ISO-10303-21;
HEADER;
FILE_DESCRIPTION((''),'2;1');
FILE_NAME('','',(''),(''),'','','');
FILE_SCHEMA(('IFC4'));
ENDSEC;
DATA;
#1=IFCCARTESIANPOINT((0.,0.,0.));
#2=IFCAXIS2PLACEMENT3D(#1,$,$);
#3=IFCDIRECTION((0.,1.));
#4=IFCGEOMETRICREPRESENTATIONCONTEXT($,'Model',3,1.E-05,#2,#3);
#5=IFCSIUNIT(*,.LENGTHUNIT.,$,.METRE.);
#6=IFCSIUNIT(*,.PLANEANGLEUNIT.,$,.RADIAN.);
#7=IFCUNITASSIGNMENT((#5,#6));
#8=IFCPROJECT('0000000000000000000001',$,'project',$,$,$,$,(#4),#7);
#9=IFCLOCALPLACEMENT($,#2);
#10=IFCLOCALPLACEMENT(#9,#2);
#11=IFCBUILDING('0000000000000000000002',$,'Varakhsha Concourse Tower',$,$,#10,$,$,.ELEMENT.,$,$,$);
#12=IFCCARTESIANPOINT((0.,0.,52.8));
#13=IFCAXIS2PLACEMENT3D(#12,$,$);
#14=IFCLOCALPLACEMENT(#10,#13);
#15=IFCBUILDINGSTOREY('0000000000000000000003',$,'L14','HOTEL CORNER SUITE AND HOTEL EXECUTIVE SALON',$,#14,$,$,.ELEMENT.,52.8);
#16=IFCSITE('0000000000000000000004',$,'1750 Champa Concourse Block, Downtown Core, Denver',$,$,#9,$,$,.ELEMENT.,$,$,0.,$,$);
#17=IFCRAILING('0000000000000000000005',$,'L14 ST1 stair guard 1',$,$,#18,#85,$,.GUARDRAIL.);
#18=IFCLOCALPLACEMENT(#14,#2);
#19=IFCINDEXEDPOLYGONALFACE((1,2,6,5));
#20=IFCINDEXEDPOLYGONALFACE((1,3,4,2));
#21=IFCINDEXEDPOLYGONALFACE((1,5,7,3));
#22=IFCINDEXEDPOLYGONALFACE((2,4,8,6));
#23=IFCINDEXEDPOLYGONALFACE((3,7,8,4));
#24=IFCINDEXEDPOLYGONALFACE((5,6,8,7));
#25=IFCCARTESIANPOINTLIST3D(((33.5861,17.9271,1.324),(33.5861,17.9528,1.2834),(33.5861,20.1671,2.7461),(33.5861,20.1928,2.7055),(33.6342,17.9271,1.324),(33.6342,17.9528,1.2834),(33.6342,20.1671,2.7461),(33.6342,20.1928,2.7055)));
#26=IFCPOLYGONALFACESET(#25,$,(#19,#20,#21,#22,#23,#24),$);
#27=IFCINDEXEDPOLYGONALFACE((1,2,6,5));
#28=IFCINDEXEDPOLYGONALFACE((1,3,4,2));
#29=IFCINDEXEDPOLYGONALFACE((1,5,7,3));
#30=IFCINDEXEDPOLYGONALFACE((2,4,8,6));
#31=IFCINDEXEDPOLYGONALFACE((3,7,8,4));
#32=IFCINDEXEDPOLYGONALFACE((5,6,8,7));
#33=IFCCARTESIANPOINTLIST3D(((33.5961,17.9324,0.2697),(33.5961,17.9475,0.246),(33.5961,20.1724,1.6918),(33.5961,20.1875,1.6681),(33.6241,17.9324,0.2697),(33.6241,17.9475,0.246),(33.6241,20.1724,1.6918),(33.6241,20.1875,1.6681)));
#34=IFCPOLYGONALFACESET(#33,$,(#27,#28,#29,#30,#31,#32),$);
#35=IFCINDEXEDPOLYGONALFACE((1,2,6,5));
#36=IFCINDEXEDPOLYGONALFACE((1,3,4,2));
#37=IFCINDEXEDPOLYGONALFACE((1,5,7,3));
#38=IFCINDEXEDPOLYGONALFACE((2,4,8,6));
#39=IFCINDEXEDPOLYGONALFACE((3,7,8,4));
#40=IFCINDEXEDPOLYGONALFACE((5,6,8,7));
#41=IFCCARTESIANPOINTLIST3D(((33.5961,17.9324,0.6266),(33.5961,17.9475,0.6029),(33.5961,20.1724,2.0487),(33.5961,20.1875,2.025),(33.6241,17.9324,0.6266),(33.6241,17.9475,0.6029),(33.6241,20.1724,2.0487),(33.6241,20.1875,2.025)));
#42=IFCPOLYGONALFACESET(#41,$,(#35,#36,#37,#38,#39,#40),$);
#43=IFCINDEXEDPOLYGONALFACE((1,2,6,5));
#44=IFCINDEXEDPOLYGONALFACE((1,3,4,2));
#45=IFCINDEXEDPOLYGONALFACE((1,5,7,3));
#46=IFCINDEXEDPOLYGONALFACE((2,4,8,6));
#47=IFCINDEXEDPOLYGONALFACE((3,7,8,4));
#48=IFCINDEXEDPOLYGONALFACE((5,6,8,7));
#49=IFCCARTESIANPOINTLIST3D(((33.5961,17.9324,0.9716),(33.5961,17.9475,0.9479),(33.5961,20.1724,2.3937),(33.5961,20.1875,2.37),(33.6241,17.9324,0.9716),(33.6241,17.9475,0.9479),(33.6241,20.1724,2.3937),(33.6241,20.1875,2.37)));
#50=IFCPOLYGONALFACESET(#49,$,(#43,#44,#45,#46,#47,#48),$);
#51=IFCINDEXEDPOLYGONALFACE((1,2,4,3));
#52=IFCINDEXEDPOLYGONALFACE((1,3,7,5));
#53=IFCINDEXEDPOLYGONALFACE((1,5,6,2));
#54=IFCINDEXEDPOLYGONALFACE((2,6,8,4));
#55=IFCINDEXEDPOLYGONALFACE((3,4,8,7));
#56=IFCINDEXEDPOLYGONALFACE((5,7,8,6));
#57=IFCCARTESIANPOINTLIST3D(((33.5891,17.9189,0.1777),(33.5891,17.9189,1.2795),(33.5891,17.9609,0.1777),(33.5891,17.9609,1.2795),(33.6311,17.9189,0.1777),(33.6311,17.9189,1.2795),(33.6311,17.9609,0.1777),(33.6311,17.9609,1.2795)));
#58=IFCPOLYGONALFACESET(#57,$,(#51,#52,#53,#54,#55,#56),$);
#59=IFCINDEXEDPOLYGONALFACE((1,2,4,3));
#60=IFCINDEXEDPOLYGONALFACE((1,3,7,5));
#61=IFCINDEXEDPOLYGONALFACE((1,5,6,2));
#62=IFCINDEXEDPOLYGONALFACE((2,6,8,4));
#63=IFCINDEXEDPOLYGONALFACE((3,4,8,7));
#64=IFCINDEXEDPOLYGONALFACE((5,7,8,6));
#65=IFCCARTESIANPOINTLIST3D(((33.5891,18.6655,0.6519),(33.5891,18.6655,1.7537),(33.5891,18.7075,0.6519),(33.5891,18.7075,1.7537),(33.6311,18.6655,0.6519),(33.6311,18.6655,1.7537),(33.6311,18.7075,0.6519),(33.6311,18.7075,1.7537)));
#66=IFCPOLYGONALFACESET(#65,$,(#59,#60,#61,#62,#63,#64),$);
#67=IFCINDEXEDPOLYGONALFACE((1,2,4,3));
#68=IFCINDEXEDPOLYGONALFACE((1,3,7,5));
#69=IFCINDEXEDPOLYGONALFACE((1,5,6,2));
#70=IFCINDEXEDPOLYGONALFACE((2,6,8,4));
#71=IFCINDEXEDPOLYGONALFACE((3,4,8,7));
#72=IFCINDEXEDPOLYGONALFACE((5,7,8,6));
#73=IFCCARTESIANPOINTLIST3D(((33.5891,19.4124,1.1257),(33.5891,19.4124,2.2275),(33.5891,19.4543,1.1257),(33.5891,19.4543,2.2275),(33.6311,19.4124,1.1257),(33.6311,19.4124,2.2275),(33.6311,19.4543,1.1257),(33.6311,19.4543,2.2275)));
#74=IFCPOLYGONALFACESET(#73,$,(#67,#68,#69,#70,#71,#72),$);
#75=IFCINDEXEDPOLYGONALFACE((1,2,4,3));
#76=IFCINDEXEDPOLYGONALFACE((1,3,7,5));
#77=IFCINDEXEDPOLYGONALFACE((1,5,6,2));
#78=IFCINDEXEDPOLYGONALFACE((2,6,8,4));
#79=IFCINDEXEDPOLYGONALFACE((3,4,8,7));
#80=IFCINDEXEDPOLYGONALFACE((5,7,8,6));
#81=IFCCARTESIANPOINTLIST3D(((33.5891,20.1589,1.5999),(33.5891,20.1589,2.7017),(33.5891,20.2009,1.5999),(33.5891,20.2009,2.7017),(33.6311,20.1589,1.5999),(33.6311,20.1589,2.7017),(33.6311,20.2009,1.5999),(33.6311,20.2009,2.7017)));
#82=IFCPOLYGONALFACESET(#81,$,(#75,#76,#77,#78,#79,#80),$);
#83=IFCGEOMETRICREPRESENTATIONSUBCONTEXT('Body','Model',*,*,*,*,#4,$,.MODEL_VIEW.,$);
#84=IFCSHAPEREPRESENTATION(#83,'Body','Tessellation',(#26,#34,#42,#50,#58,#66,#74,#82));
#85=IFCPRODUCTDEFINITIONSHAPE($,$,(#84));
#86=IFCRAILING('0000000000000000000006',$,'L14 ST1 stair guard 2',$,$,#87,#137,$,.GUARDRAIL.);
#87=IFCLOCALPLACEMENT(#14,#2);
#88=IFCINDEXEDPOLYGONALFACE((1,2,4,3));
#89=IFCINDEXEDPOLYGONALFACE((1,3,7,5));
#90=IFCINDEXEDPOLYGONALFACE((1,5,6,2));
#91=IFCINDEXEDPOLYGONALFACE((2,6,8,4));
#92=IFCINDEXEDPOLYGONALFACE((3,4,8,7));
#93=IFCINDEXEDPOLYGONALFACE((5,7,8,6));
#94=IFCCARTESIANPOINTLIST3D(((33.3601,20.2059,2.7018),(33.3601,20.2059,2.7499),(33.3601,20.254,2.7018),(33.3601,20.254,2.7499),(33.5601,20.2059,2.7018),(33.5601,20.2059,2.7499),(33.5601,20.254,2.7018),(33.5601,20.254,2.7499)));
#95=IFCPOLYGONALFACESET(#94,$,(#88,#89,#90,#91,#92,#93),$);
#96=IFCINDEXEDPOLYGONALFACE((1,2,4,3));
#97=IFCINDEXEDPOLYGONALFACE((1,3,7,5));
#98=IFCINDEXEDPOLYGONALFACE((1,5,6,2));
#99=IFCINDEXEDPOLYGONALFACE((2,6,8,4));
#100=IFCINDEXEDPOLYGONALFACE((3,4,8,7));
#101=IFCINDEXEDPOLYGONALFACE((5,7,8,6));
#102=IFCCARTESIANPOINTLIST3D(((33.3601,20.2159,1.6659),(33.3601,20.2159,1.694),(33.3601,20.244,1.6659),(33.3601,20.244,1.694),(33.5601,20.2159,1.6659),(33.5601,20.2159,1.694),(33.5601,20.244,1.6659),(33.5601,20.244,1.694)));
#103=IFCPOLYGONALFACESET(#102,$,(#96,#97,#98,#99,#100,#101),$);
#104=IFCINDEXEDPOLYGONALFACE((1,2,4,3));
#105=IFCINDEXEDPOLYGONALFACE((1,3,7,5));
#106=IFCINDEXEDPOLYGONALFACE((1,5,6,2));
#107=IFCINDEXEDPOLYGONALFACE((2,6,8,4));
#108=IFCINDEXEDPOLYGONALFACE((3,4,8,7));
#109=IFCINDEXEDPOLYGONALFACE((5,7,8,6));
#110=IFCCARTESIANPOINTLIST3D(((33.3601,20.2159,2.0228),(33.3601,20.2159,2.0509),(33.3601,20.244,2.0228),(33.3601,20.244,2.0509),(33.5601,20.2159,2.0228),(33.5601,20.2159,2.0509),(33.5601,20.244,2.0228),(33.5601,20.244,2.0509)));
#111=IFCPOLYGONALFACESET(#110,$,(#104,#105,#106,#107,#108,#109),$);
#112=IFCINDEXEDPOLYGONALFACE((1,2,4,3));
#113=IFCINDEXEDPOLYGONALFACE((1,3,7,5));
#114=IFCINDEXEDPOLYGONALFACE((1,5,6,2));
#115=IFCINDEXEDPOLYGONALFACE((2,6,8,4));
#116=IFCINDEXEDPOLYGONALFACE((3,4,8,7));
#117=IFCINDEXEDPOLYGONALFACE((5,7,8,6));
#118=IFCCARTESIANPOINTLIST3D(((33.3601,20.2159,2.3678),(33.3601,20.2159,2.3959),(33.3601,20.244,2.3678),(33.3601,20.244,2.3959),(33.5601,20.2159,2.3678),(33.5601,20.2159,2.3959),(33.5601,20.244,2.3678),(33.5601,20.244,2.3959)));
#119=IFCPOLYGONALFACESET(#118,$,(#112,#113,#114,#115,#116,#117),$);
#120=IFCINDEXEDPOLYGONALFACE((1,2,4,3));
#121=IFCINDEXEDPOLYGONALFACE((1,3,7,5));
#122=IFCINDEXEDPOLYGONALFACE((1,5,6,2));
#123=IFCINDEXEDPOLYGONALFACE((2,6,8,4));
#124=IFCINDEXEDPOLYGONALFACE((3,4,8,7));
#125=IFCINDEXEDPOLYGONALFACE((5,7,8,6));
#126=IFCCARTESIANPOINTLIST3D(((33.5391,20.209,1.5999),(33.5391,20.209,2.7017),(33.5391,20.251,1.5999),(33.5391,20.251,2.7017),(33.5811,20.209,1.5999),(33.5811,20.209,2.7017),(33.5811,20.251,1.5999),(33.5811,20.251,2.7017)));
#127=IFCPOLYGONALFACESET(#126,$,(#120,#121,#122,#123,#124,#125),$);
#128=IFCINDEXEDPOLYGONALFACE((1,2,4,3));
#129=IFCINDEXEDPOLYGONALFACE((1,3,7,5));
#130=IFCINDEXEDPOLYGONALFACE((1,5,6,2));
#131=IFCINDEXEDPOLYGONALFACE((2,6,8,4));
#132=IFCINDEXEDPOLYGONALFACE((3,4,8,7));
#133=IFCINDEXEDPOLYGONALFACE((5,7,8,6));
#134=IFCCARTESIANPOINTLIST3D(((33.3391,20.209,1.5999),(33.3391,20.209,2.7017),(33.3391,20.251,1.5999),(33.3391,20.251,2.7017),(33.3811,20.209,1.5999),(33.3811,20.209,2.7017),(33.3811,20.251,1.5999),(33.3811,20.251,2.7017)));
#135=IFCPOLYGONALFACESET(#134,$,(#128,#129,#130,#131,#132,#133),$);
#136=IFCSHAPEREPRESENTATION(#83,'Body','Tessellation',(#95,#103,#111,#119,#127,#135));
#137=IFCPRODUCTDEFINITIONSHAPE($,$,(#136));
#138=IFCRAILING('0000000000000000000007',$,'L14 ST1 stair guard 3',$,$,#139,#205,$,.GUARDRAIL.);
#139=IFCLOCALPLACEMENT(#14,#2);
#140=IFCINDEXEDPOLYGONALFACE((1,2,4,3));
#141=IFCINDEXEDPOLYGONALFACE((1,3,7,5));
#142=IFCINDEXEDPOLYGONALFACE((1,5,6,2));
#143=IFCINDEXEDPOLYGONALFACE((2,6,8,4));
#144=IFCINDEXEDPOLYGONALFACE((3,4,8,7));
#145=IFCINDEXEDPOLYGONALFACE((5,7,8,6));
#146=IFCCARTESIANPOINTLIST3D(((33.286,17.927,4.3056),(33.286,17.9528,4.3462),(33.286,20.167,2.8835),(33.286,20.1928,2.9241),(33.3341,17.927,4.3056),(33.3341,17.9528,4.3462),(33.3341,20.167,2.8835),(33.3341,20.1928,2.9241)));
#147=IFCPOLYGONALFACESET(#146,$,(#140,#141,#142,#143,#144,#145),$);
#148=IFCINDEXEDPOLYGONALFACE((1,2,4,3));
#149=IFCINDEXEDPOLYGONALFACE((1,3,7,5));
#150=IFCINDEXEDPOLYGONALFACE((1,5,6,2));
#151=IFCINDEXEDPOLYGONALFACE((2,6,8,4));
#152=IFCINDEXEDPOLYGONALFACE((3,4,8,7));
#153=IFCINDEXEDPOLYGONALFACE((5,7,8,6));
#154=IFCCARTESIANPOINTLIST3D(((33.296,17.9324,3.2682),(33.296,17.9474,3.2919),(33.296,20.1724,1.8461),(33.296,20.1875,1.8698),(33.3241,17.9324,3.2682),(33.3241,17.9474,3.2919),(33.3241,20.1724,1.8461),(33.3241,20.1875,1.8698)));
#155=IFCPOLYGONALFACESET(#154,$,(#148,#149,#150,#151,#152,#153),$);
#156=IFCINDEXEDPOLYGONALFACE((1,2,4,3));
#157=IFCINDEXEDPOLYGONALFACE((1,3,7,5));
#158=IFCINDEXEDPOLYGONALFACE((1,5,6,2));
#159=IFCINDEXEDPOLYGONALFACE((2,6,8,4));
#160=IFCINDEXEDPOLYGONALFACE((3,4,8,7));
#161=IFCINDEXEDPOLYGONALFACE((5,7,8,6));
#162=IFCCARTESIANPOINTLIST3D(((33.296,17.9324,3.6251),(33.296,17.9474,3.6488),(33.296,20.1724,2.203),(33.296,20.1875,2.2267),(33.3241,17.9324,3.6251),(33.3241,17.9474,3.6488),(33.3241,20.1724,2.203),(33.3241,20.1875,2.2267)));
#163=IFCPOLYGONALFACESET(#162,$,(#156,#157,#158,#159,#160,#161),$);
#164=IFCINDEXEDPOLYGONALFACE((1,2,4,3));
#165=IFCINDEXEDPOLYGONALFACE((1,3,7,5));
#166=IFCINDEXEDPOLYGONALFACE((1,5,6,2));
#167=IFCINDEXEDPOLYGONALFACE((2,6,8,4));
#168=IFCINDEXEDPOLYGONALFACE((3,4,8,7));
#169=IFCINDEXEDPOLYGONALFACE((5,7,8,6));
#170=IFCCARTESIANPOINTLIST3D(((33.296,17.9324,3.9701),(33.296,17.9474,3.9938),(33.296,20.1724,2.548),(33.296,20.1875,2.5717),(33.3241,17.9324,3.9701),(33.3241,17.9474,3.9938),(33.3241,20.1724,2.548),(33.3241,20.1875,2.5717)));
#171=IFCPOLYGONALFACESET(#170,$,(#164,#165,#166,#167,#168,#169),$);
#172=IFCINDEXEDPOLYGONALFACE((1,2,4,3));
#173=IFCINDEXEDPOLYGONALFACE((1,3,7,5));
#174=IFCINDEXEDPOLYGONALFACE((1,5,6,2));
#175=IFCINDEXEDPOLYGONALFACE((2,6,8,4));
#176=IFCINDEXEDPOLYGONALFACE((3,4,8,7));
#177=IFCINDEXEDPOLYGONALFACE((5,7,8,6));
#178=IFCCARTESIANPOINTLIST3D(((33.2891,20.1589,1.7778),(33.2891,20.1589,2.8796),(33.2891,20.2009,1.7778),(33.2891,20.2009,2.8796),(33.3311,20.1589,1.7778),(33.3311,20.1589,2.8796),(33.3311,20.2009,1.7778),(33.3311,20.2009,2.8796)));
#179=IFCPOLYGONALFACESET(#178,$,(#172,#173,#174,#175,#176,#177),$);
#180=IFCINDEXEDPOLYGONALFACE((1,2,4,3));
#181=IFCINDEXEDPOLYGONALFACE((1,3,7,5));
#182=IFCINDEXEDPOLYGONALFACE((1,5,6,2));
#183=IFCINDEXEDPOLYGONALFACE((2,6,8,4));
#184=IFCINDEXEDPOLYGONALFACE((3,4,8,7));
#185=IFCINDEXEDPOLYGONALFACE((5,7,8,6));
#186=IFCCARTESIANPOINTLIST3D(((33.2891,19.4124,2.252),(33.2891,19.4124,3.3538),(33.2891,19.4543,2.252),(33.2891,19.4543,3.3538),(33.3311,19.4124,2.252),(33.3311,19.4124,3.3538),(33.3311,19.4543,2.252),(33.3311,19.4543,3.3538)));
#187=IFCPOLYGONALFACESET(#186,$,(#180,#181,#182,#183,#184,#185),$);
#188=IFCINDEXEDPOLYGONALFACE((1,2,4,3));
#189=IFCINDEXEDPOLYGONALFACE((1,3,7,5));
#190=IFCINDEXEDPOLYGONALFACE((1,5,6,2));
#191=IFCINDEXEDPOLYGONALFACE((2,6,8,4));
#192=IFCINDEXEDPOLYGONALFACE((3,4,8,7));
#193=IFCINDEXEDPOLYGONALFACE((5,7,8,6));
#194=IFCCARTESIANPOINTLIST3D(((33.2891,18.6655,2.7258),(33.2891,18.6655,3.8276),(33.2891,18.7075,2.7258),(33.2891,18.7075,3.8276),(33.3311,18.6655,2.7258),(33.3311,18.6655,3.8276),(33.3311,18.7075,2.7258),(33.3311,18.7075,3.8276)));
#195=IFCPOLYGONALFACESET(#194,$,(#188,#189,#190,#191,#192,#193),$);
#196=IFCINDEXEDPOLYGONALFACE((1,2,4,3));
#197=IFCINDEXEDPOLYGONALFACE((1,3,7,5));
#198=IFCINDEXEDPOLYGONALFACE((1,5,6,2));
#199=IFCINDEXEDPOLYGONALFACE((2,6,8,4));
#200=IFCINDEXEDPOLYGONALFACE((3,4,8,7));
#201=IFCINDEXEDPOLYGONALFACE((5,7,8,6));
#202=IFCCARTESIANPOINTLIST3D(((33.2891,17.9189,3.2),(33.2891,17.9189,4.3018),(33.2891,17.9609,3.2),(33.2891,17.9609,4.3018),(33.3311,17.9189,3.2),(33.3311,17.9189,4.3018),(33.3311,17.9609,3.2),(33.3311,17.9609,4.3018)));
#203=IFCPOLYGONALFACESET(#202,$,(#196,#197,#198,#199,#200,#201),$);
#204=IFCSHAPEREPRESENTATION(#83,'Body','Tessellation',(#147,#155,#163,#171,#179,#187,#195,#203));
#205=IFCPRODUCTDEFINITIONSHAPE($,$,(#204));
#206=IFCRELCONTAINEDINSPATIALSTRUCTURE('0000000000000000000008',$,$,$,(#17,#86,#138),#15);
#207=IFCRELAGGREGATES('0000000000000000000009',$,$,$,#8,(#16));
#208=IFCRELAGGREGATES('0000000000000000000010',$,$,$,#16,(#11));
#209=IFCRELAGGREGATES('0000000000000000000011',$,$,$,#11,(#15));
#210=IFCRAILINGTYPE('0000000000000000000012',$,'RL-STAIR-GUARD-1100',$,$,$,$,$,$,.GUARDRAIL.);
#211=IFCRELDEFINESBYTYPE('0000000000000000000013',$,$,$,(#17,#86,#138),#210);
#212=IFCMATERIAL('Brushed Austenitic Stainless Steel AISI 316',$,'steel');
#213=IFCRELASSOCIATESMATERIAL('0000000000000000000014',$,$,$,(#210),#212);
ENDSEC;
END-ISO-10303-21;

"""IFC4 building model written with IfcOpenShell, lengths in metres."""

from ifc_helpers import new_model, si_unit, direction, frame, origin, origin_2d, place, context, subcontext, project, spatial, rectangle, extrude, material, type_object, element, save


model = new_model("IFC4")

# Units and contexts
model_context = context("Model", 3, precision=1e-05, world=origin(), true_north=direction((0.0, 1.0)))
body_context = subcontext(model_context, "Body", "Model", "MODEL_VIEW")
ifc_project = project(units=[si_unit("LENGTHUNIT", "METRE"), si_unit("PLANEANGLEUNIT", "RADIAN")], contexts=[model_context])

# Site, building, storey
site_placement = place(None, origin())
site = spatial("IfcSite", under=ifc_project, at=site_placement, Name="1750 Champa Concourse Block, Downtown Core, Denver", CompositionType="ELEMENT", RefElevation=0.0)
building_placement = place(site_placement, origin())
building = spatial("IfcBuilding", under=site, at=building_placement, Name="Varakhsha Concourse Tower", CompositionType="ELEMENT")
storey_placement = place(building_placement, frame((0.0, 0.0, 52.8)))
storey = spatial("IfcBuildingStorey", under=building, at=storey_placement, Name="L14", Description="HOTEL CORNER SUITE AND HOTEL EXECUTIVE SALON", CompositionType="ELEMENT", Elevation=52.8)

# Shared definitions
ifc_material_1 = material(Name="Brushed Austenitic Stainless Steel AISI 316", Category="steel")

# Railings
railing_type_1 = type_object("IfcRailingType", Name="RL-STAIR-GUARD-1100", PredefinedType="GUARDRAIL", material=ifc_material_1)
railing_1_placement = place(storey_placement, frame((33.6101, 17.9399, 0.1777)))
element("IfcRailing", 1, at=railing_1_placement, inside=storey, type_object=railing_type_1, Name="L14 ST1 stair guard 1", PredefinedType="GUARDRAIL", context=body_context, shape_type="SweptSolid", body=[
    extrude(rectangle(XDim=0.0481, YDim=0.0481, at=origin_2d()), frame((0.0, 0.0, 1.126), z_axis=(0.0, 0.844229, 0.535982), x_axis=(-1.0, 0.0, 0.0)), (0.0, 0.0, 1.0), 2.6533),
    extrude(rectangle(XDim=0.0281, YDim=0.0281, at=origin_2d()), frame((0.0, 0.0, 0.0801), z_axis=(0.0, 0.844229, 0.535982), x_axis=(-1.0, 0.0, 0.0)), (0.0, 0.0, 1.0), 2.6533),
    extrude(rectangle(XDim=0.0281, YDim=0.0281, at=origin_2d()), frame((0.0, 0.0, 0.437), z_axis=(0.0, 0.844229, 0.535982), x_axis=(-1.0, 0.0, 0.0)), (0.0, 0.0, 1.0), 2.6533),
    extrude(rectangle(XDim=0.0281, YDim=0.0281, at=origin_2d()), frame((0.0, 0.0, 0.782), z_axis=(0.0, 0.844229, 0.535982), x_axis=(-1.0, 0.0, 0.0)), (0.0, 0.0, 1.0), 2.6533),
    extrude(rectangle(XDim=0.042, YDim=0.042, at=origin_2d()), origin(), (0.0, 0.0, 1.0), 1.1018),
    extrude(rectangle(XDim=0.042, YDim=0.042, at=origin_2d()), frame((0.0, 0.7466, 0.4741)), (0.0, 0.0, 1.0), 1.1018),
    extrude(rectangle(XDim=0.042, YDim=0.042, at=origin_2d()), frame((0.0, 1.4934, 0.948)), (0.0, 0.0, 1.0), 1.1018),
    extrude(rectangle(XDim=0.042, YDim=0.042, at=origin_2d()), frame((0.0, 2.24, 1.4221)), (0.0, 0.0, 1.0), 1.1018),
])
railing_2_placement = place(storey_placement, frame((33.5601, 20.23, 1.5999)))
element("IfcRailing", 2, at=railing_2_placement, inside=storey, type_object=railing_type_1, Name="L14 ST1 stair guard 2", PredefinedType="GUARDRAIL", context=body_context, shape_type="SweptSolid", body=[
    extrude(rectangle(XDim=0.0481, YDim=0.0481, at=origin_2d()), frame((0.0, 0.0, 1.126), z_axis=(-1.0, 0.0, 0.0), x_axis=(0.0, -1.0, 0.0)), (0.0, 0.0, 1.0), 0.2),
    extrude(rectangle(XDim=0.0281, YDim=0.0281, at=origin_2d()), frame((0.0, 0.0, 0.0801), z_axis=(-1.0, 0.0, 0.0), x_axis=(0.0, -1.0, 0.0)), (0.0, 0.0, 1.0), 0.2),
    extrude(rectangle(XDim=0.0281, YDim=0.0281, at=origin_2d()), frame((0.0, 0.0, 0.437), z_axis=(-1.0, 0.0, 0.0), x_axis=(0.0, -1.0, 0.0)), (0.0, 0.0, 1.0), 0.2),
    extrude(rectangle(XDim=0.0281, YDim=0.0281, at=origin_2d()), frame((0.0, 0.0, 0.782), z_axis=(-1.0, 0.0, 0.0), x_axis=(0.0, -1.0, 0.0)), (0.0, 0.0, 1.0), 0.2),
    extrude(rectangle(XDim=0.042, YDim=0.042, at=origin_2d()), origin(), (0.0, 0.0, 1.0), 1.1018),
    extrude(rectangle(XDim=0.042, YDim=0.042, at=origin_2d()), frame((-0.2, 0.0, 0.0)), (0.0, 0.0, 1.0), 1.1018),
])
railing_3_placement = place(storey_placement, frame((33.3101, 20.1799, 1.7778)))
element("IfcRailing", 3, at=railing_3_placement, inside=storey, type_object=railing_type_1, Name="L14 ST1 stair guard 3", PredefinedType="GUARDRAIL", context=body_context, shape_type="SweptSolid", body=[
    extrude(rectangle(XDim=0.0481, YDim=0.0481, at=origin_2d()), frame((0.0, 0.0, 1.126), z_axis=(0.0, -0.844229, 0.535982), x_axis=(1.0, 0.0, 0.0)), (0.0, 0.0, 1.0), 2.6533),
    extrude(rectangle(XDim=0.0281, YDim=0.0281, at=origin_2d()), frame((0.0, 0.0, 0.0801), z_axis=(0.0, -0.844229, 0.535982), x_axis=(1.0, 0.0, 0.0)), (0.0, 0.0, 1.0), 2.6533),
    extrude(rectangle(XDim=0.0281, YDim=0.0281, at=origin_2d()), frame((0.0, 0.0, 0.437), z_axis=(0.0, -0.844229, 0.535982), x_axis=(1.0, 0.0, 0.0)), (0.0, 0.0, 1.0), 2.6533),
    extrude(rectangle(XDim=0.0281, YDim=0.0281, at=origin_2d()), frame((0.0, 0.0, 0.782), z_axis=(0.0, -0.844229, 0.535982), x_axis=(1.0, 0.0, 0.0)), (0.0, 0.0, 1.0), 2.6533),
    extrude(rectangle(XDim=0.042, YDim=0.042, at=origin_2d()), origin(), (0.0, 0.0, 1.0), 1.1018),
    extrude(rectangle(XDim=0.042, YDim=0.042, at=origin_2d()), frame((0.0, -0.7466, 0.4741)), (0.0, 0.0, 1.0), 1.1018),
    extrude(rectangle(XDim=0.042, YDim=0.042, at=origin_2d()), frame((0.0, -1.4934, 0.948)), (0.0, 0.0, 1.0), 1.1018),
    extrude(rectangle(XDim=0.042, YDim=0.042, at=origin_2d()), frame((0.0, -2.24, 1.4221)), (0.0, 0.0, 1.0), 1.1018),
])

save(model, "model.ifc")
